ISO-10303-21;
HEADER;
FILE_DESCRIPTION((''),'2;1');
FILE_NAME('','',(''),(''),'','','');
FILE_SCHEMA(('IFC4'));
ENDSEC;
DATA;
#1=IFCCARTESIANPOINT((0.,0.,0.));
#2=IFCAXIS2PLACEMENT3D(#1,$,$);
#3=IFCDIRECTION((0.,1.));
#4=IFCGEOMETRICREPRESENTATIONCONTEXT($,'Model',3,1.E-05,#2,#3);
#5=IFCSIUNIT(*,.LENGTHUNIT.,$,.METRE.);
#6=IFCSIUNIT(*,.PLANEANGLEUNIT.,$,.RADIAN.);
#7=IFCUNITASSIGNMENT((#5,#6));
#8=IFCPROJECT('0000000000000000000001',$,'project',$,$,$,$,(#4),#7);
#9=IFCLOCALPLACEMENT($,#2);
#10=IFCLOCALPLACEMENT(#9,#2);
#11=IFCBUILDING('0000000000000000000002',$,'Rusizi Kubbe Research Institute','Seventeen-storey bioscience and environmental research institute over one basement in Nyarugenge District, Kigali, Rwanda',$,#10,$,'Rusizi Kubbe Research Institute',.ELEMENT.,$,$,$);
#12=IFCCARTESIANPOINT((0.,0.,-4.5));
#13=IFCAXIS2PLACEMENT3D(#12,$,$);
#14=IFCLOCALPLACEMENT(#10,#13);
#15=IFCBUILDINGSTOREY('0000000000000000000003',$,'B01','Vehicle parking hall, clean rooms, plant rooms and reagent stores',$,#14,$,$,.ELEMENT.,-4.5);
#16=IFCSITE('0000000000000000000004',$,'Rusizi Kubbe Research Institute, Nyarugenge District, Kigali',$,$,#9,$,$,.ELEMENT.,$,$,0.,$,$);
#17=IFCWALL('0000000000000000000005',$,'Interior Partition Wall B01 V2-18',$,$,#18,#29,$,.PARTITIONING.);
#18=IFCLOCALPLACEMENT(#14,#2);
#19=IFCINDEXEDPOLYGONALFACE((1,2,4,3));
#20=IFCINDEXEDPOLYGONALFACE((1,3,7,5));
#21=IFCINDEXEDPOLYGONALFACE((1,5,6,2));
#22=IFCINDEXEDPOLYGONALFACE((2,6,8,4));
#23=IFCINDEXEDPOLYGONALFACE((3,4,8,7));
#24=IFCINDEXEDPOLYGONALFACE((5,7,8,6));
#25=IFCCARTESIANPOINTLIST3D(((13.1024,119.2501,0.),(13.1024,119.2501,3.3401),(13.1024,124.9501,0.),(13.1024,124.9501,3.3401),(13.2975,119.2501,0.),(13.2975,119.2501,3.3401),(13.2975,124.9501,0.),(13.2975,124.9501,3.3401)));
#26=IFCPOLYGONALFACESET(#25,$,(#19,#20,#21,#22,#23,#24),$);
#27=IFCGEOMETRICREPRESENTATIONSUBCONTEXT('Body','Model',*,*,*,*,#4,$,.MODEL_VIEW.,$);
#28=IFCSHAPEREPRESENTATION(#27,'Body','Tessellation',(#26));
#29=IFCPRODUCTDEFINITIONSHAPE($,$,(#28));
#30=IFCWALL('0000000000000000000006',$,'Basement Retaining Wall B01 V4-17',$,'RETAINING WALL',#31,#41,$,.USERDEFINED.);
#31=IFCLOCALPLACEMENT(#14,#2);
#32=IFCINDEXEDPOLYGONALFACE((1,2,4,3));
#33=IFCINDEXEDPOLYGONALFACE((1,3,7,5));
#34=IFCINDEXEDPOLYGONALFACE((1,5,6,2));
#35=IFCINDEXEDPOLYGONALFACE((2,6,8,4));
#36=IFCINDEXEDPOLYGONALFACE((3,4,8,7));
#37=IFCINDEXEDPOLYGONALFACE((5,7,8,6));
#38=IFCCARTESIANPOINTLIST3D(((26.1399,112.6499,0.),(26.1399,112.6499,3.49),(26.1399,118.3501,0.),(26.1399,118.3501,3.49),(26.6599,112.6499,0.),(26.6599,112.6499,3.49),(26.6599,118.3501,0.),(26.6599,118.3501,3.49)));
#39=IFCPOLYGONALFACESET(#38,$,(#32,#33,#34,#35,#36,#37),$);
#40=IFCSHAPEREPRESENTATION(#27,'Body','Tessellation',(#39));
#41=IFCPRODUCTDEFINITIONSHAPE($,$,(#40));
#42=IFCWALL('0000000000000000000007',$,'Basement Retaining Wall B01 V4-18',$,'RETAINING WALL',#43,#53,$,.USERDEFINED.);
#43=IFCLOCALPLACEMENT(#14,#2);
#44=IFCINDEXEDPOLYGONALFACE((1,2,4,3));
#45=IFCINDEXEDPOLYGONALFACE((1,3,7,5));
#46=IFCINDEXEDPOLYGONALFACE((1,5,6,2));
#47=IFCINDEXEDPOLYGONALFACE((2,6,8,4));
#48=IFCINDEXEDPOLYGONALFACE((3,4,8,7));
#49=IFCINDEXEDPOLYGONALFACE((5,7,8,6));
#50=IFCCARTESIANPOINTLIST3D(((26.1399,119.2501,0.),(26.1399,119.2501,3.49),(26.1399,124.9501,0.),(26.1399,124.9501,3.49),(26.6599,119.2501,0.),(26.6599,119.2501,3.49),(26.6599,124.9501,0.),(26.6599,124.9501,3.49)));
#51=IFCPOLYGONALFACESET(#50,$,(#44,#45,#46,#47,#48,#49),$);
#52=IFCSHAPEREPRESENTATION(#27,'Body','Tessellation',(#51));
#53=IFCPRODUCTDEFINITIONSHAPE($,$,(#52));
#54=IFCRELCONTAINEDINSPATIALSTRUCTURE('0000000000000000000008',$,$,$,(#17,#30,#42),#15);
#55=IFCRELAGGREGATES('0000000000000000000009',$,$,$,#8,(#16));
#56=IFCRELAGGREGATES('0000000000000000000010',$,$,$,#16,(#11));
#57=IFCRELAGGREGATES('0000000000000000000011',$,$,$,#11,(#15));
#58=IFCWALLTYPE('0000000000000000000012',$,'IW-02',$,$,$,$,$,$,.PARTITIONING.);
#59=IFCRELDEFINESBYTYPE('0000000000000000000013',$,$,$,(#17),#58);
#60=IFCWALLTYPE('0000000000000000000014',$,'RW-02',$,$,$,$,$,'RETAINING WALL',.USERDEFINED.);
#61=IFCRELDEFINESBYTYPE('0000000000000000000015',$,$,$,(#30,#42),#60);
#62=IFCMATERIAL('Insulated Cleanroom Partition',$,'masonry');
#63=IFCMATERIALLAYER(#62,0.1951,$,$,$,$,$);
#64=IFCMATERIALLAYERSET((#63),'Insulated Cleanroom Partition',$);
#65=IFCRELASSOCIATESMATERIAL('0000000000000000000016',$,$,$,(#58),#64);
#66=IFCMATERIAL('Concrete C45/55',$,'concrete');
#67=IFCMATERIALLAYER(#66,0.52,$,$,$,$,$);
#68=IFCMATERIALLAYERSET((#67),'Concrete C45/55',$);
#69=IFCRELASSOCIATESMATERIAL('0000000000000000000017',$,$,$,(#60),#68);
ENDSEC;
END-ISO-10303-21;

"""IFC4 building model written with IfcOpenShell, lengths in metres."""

from ifc_helpers import new_model, si_unit, direction, frame, frame_2d, origin, place, context, subcontext, project, spatial, rectangle, extrude, material, layer, layer_set, type_object, element, save


model = new_model("IFC4")

# Units and contexts
model_context = context("Model", 3, precision=1e-05, world=origin(), true_north=direction((0.0, 1.0)))
body_context = subcontext(model_context, "Body", "Model", "MODEL_VIEW")
ifc_project = project(units=[si_unit("LENGTHUNIT", "METRE"), si_unit("PLANEANGLEUNIT", "RADIAN")], contexts=[model_context])

# Site, building, storey
site_placement = place(None, origin())
site = spatial("IfcSite", under=ifc_project, at=site_placement, Name="Rusizi Kubbe Research Institute, Nyarugenge District, Kigali", CompositionType="ELEMENT", RefElevation=0.0)
building_placement = place(site_placement, origin())
building = spatial("IfcBuilding", under=site, at=building_placement, Name="Rusizi Kubbe Research Institute", Description="Seventeen-storey bioscience and environmental research institute over one basement in Nyarugenge District, Kigali, Rwanda", LongName="Rusizi Kubbe Research Institute", CompositionType="ELEMENT")
storey_placement = place(building_placement, frame((0.0, 0.0, -4.5)))
storey = spatial("IfcBuildingStorey", under=building, at=storey_placement, Name="B01", Description="Vehicle parking hall, clean rooms, plant rooms and reagent stores", CompositionType="ELEMENT", Elevation=-4.5)

# Walls
ifc_material_1 = material(Name="Insulated Cleanroom Partition", Category="masonry")
ifc_layer_1 = layer(ifc_material_1, 0.1951)
ifc_layer_set_1 = layer_set([ifc_layer_1], Name="Insulated Cleanroom Partition")
wall_type_1 = type_object("IfcWallType", Name="IW-02", PredefinedType="PARTITIONING", material=ifc_layer_set_1)
wall_1_placement = place(storey_placement, frame((13.2, 119.25, 0.0), z_axis=(0.0, 0.0, 1.0), x_axis=(0.0, 1.0, 0.0)))
element("IfcWall", 1, at=wall_1_placement, inside=storey, type_object=wall_type_1, Name="Interior Partition Wall B01 V2-18", PredefinedType="PARTITIONING", context=body_context, shape_type="SweptSolid", body=[
    extrude(rectangle(XDim=5.7, YDim=0.1951, at=frame_2d((2.8501, 0.0))), origin(), (0.0, 0.0, 1.0), 3.3401),
])
ifc_material_2 = material(Name="Concrete C45/55", Category="concrete")
ifc_layer_2 = layer(ifc_material_2, 0.52)
ifc_layer_set_2 = layer_set([ifc_layer_2], Name="Concrete C45/55")
wall_type_2 = type_object("IfcWallType", Name="RW-02", ElementType="RETAINING WALL", PredefinedType="USERDEFINED", material=ifc_layer_set_2)
wall_2_placement = place(storey_placement, frame((26.3999, 112.6499, 0.0), z_axis=(0.0, 0.0, 1.0), x_axis=(0.0, 1.0, 0.0)))
element("IfcWall", 2, at=wall_2_placement, inside=storey, type_object=wall_type_2, Name="Basement Retaining Wall B01 V4-17", ObjectType="RETAINING WALL", PredefinedType="USERDEFINED", context=body_context, shape_type="SweptSolid", body=[
    extrude(rectangle(XDim=5.7002, YDim=0.52, at=frame_2d((2.8501, 0.0))), origin(), (0.0, 0.0, 1.0), 3.49),
])
wall_3_placement = place(storey_placement, frame((26.3999, 119.25, 0.0), z_axis=(0.0, 0.0, 1.0), x_axis=(0.0, 1.0, 0.0)))
element("IfcWall", 3, at=wall_3_placement, inside=storey, type_object=wall_type_2, Name="Basement Retaining Wall B01 V4-18", ObjectType="RETAINING WALL", PredefinedType="USERDEFINED", context=body_context, shape_type="SweptSolid", body=[
    extrude(rectangle(XDim=5.7, YDim=0.52, at=frame_2d((2.8501, 0.0))), origin(), (0.0, 0.0, 1.0), 3.49),
])

save(model, "model.ifc")
